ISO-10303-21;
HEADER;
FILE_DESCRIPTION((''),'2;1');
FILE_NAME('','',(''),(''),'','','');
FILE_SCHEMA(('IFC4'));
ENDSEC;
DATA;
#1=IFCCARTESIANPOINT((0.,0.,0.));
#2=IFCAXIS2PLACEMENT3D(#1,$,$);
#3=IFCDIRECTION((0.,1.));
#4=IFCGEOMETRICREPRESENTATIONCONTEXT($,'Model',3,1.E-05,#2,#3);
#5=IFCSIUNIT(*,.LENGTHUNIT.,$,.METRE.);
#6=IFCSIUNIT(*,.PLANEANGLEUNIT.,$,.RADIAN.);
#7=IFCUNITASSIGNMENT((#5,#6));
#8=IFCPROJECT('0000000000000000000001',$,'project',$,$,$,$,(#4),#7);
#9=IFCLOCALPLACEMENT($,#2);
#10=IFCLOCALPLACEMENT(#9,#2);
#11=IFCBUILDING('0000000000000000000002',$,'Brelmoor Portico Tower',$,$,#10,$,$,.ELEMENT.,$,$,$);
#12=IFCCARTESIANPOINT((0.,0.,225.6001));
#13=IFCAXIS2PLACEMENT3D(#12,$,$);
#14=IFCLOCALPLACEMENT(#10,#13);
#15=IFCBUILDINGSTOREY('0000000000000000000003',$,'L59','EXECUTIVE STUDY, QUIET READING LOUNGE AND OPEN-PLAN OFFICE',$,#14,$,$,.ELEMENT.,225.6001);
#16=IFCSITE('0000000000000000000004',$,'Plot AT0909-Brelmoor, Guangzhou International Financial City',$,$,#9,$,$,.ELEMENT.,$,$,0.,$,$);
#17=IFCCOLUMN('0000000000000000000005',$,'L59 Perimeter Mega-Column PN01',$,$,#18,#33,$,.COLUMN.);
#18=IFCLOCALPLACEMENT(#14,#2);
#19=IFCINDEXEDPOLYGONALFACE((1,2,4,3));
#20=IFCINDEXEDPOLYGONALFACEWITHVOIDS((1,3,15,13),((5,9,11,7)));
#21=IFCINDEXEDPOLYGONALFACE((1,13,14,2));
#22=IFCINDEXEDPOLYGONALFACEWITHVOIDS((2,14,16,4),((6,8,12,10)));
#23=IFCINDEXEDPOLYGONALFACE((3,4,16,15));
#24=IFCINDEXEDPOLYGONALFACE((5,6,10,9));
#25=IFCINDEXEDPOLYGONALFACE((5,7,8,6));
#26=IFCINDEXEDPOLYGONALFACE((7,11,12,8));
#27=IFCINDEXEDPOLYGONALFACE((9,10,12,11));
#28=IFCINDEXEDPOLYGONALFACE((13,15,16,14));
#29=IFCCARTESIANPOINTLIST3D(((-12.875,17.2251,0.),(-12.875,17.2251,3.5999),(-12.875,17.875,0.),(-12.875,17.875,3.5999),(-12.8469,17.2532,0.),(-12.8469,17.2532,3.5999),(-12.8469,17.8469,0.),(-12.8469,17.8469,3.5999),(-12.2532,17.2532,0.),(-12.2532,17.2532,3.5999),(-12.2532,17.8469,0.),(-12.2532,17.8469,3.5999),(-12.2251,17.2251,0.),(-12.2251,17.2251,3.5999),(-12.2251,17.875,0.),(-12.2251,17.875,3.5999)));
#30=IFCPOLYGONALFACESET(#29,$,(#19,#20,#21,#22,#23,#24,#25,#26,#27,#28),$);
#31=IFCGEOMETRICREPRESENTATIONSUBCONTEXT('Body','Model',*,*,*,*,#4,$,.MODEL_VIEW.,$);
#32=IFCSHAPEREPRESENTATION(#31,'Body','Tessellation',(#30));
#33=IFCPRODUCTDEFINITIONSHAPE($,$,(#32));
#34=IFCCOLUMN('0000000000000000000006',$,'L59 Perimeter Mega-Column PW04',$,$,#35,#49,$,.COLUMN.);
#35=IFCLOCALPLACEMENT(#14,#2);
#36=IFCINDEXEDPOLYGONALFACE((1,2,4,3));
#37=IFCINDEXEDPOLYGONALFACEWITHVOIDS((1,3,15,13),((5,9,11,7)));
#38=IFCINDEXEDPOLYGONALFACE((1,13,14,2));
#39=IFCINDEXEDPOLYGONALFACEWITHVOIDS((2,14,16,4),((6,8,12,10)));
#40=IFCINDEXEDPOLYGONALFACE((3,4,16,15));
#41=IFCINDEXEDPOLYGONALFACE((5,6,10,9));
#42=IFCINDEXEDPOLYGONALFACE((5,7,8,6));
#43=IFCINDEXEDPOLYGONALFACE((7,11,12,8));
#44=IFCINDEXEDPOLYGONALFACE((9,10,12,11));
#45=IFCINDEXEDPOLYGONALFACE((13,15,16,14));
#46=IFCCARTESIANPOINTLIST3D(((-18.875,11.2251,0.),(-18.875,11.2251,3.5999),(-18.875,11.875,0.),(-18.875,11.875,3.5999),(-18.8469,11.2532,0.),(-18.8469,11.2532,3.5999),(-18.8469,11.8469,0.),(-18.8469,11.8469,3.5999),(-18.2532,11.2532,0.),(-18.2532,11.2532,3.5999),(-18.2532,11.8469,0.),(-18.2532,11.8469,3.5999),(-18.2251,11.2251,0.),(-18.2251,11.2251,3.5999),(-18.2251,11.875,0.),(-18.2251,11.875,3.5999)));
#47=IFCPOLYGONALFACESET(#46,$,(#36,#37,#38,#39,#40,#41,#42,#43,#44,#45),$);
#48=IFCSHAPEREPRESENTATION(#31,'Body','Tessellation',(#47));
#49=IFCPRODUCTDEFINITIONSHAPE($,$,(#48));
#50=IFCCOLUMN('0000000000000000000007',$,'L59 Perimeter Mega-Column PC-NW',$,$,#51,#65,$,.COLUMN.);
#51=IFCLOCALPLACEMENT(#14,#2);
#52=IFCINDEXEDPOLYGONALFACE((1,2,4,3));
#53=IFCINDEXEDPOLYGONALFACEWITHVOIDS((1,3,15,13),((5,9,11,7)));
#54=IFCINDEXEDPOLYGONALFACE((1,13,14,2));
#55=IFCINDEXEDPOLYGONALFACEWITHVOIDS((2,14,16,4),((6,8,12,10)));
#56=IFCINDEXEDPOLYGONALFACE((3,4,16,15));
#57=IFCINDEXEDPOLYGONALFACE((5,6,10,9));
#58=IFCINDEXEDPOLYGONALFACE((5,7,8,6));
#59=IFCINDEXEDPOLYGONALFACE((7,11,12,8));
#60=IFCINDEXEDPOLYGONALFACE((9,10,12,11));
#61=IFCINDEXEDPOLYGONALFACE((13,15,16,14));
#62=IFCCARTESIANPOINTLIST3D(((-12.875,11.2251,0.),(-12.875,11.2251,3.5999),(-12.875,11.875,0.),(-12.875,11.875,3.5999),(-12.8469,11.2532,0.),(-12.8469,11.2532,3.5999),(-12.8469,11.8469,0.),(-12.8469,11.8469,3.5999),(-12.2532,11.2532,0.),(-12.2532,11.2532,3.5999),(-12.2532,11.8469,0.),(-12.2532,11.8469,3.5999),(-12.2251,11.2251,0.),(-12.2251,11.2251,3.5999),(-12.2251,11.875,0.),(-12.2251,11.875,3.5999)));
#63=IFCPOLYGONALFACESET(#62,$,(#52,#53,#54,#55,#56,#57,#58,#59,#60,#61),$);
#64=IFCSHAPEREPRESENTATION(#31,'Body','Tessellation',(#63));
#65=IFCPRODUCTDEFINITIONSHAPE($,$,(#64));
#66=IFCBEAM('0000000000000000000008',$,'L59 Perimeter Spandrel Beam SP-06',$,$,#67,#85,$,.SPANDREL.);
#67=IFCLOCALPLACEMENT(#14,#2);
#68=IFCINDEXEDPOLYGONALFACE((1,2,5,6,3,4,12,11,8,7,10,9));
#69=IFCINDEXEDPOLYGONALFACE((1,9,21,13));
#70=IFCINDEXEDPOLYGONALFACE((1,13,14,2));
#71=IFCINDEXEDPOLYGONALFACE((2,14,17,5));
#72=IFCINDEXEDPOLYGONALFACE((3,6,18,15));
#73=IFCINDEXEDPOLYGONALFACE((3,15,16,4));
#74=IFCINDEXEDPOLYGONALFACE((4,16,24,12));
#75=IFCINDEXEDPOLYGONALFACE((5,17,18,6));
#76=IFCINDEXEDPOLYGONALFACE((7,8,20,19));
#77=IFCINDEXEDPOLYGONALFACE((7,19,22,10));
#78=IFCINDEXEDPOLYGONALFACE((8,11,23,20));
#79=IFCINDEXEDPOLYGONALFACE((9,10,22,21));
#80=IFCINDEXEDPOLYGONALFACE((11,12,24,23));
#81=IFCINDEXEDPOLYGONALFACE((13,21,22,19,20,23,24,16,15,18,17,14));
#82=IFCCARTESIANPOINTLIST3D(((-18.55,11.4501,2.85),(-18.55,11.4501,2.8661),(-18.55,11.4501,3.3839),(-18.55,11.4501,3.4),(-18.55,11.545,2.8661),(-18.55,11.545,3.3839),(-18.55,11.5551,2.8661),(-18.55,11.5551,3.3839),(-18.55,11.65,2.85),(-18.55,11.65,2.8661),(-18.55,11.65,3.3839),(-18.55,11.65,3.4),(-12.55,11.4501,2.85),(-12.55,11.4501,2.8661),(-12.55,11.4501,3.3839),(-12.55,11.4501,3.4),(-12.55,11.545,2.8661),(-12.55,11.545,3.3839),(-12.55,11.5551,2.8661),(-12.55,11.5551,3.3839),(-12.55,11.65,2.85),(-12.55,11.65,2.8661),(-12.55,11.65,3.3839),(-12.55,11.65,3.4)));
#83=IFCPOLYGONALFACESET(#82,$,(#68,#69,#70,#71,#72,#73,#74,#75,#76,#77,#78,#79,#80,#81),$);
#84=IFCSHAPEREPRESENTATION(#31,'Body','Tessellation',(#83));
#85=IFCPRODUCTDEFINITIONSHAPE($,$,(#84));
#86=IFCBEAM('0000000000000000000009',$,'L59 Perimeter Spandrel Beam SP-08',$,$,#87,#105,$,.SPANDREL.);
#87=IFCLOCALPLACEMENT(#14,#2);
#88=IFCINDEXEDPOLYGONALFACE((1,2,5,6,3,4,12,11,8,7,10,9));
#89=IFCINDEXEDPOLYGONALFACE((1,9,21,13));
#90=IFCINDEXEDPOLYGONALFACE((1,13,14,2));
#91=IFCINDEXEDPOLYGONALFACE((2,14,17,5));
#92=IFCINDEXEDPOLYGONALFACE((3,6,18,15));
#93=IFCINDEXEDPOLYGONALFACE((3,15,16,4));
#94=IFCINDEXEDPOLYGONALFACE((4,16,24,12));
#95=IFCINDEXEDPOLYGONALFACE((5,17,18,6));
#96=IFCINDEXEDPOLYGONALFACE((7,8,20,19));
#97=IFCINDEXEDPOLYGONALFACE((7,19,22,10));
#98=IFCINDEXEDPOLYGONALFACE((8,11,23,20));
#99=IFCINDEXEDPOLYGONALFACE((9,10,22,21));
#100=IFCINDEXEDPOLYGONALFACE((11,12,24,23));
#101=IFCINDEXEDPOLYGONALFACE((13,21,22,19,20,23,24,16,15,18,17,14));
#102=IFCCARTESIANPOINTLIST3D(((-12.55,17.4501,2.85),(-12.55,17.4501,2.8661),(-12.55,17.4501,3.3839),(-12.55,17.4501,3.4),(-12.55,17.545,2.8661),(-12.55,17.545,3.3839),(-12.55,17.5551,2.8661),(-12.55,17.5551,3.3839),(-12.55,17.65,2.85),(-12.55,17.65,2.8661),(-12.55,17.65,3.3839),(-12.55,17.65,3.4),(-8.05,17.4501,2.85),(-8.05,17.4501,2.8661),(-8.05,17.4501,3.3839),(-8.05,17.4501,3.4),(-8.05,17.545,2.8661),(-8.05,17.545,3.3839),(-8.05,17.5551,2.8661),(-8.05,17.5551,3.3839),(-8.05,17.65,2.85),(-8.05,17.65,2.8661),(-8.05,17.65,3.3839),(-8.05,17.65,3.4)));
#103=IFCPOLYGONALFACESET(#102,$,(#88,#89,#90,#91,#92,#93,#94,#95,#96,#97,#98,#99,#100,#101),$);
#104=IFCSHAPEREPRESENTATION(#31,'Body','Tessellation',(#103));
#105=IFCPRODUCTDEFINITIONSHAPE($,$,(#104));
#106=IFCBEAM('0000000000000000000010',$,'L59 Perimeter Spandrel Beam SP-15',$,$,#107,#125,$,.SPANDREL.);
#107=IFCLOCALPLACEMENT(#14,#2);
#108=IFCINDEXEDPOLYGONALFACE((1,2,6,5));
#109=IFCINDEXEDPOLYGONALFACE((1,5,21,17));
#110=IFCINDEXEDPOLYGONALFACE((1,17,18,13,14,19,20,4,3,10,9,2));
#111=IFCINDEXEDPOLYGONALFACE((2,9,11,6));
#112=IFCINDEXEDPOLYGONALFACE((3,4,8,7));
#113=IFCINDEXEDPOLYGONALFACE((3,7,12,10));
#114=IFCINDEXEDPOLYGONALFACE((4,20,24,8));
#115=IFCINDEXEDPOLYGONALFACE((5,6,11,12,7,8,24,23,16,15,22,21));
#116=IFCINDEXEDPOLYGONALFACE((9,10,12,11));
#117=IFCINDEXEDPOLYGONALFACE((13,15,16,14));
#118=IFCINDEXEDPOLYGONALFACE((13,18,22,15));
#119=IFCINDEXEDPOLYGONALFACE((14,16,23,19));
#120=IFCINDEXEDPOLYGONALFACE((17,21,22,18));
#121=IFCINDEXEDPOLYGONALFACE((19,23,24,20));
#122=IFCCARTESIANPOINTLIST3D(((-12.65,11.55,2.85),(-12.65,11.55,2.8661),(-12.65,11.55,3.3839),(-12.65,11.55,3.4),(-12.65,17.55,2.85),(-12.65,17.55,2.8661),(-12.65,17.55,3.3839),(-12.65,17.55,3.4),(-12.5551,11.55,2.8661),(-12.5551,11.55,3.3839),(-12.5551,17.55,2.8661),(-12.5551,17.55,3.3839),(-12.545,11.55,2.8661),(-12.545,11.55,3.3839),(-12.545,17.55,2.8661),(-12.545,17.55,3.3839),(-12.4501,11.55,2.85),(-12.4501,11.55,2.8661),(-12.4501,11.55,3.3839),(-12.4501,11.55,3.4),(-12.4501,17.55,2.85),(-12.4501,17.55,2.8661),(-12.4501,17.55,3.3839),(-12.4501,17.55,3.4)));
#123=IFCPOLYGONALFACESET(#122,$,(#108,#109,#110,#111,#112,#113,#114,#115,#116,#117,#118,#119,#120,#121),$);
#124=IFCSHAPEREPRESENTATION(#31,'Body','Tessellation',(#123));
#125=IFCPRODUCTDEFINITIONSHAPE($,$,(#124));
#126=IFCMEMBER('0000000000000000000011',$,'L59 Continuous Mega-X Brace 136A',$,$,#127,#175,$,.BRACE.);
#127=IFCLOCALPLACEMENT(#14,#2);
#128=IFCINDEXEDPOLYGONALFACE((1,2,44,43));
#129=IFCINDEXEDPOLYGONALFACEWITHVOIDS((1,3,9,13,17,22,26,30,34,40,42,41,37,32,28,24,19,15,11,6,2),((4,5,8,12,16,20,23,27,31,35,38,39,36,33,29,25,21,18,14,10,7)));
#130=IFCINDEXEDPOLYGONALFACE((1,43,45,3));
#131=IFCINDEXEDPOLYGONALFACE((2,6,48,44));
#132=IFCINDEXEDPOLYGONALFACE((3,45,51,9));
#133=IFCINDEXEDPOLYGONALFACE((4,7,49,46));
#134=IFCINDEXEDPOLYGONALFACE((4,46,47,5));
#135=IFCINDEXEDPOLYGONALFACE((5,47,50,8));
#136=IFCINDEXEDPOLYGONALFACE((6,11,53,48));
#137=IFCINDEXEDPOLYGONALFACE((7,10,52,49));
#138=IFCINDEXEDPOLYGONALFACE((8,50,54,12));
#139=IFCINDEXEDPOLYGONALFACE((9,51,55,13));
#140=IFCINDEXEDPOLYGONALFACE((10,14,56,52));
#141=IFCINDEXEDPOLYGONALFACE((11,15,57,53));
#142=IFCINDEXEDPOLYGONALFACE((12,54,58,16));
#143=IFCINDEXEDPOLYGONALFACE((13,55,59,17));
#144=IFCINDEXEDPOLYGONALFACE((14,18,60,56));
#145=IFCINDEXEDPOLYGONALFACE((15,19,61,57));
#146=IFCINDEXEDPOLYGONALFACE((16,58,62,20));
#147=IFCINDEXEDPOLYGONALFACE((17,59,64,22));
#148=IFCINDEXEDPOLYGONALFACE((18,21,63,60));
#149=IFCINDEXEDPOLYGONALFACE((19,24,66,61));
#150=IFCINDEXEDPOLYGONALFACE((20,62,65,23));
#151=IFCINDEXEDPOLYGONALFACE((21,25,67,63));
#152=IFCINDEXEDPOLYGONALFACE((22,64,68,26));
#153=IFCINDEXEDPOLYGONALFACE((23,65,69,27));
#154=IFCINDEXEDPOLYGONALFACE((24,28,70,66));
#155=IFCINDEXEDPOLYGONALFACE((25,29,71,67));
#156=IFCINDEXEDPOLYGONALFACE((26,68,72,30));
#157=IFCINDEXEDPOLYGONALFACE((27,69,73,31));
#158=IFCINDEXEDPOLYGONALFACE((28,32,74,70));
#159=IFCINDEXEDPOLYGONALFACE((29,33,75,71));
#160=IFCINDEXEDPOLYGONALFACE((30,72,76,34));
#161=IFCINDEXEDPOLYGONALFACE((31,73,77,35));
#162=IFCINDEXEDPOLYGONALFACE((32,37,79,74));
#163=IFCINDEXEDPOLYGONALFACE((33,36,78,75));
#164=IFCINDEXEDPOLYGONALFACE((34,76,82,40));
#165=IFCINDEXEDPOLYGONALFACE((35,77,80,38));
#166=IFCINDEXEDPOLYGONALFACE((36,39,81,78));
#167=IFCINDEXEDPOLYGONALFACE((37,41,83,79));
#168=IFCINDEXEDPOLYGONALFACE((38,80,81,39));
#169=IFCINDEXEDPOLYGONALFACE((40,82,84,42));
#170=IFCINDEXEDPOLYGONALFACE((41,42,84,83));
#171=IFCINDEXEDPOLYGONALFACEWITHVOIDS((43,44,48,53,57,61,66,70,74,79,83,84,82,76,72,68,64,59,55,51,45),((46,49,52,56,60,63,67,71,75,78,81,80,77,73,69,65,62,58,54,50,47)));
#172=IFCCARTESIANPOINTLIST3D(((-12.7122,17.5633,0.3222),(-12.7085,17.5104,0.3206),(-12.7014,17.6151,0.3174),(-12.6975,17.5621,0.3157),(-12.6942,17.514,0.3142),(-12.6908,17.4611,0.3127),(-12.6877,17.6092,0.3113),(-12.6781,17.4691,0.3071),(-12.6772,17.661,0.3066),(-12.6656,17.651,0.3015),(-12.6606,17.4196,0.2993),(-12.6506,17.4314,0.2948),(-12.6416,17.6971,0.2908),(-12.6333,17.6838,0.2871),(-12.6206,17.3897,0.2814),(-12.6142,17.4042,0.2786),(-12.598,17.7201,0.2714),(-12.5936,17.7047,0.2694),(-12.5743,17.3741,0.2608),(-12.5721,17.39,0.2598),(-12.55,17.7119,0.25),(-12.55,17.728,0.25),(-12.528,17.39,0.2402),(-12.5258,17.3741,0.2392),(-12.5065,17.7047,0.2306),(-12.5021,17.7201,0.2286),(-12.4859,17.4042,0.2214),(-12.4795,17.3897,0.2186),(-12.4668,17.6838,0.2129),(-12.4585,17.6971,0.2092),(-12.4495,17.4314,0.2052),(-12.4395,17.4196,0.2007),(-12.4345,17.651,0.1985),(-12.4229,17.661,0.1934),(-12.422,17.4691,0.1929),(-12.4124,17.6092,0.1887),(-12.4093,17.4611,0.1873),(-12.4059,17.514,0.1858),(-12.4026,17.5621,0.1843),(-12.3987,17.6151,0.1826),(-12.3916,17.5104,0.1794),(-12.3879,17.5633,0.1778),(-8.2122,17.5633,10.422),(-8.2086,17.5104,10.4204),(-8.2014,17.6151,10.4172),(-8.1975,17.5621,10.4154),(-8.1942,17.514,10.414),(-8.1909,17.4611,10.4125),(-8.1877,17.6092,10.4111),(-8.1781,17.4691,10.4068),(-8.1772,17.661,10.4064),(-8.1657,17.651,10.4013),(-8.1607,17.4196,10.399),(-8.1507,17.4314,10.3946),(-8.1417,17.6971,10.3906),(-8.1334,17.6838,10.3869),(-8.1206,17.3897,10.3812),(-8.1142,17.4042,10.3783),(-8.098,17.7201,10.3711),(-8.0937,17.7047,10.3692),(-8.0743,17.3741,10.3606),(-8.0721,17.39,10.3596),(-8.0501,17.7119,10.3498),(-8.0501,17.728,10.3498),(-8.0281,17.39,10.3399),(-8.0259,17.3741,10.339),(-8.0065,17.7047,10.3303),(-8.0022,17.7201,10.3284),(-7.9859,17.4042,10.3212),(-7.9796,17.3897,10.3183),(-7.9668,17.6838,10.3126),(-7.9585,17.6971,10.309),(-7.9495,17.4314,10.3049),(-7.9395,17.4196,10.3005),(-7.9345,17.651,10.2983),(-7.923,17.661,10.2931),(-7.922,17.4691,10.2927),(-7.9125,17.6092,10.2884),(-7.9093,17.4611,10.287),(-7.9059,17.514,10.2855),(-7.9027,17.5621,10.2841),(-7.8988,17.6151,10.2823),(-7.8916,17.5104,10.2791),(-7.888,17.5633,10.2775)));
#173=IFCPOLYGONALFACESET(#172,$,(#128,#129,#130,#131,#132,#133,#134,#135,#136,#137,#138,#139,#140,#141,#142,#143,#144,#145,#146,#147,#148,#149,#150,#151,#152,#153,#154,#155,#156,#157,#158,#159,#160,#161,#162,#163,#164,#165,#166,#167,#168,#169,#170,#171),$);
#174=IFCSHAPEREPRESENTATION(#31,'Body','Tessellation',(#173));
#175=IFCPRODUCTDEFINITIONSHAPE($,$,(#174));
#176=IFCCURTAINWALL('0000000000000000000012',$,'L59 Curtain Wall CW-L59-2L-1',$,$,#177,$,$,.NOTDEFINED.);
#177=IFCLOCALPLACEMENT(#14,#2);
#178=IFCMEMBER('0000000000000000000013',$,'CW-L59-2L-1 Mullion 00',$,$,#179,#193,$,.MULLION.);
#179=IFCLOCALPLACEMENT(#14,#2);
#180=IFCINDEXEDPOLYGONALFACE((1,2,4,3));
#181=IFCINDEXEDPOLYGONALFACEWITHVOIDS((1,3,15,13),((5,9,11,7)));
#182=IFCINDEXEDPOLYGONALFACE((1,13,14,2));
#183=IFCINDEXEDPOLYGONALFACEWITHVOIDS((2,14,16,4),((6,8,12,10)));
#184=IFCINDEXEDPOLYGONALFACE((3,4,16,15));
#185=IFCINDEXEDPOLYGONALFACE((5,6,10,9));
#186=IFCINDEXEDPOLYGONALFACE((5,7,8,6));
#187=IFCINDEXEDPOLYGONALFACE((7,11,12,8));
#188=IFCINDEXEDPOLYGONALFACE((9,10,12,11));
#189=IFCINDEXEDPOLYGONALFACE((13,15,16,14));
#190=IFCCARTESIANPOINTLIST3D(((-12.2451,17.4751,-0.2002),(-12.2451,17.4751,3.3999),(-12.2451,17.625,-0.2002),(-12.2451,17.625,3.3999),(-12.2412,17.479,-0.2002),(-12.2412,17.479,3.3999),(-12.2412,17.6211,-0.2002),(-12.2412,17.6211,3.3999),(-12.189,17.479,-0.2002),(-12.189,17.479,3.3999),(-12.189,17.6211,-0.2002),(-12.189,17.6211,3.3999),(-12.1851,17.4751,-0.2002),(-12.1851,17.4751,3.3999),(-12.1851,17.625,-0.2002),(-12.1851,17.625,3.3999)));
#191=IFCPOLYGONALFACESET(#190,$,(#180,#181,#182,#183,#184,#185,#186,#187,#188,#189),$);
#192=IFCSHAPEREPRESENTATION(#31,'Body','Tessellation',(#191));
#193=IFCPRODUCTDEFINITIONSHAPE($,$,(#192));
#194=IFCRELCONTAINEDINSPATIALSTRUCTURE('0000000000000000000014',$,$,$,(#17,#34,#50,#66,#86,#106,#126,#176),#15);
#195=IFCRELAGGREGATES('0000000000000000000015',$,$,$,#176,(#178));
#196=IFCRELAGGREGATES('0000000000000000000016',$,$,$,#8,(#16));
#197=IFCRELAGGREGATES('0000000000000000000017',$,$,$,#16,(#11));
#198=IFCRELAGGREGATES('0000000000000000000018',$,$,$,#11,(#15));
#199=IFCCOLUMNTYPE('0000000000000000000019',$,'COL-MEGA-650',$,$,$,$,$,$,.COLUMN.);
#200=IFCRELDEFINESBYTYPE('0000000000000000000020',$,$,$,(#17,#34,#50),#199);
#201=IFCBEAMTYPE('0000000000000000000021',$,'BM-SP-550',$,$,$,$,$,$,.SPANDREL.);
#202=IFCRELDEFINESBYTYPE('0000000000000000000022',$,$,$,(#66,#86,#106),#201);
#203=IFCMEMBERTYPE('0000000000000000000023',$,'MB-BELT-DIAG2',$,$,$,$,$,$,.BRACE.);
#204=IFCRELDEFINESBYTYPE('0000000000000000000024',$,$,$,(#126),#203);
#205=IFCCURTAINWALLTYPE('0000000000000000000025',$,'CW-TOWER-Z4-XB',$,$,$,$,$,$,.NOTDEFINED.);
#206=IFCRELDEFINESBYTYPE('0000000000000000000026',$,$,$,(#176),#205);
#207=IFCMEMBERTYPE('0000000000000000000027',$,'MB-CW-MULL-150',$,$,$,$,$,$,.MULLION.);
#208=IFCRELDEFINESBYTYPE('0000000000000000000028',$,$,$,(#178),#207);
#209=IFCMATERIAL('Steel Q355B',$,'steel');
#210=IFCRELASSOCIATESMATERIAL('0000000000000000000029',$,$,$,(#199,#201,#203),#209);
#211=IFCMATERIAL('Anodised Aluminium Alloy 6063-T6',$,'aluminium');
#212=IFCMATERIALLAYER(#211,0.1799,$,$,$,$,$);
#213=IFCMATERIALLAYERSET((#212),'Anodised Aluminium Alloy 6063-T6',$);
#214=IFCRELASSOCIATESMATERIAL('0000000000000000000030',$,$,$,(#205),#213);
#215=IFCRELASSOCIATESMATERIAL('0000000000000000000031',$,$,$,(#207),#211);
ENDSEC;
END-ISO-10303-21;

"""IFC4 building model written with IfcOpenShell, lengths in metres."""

from ifc_helpers import new_model, si_unit, direction, frame, origin, origin_2d, place, context, subcontext, project, spatial, hollow_rectangle, hollow_circle, i_section, extrude, material, layer, layer_set, material_profile, profile_set, type_object, element, aggregate, save


model = new_model("IFC4")

# Units and contexts
model_context = context("Model", 3, precision=1e-05, world=origin(), true_north=direction((0.0, 1.0)))
body_context = subcontext(model_context, "Body", "Model", "MODEL_VIEW")
ifc_project = project(units=[si_unit("LENGTHUNIT", "METRE"), si_unit("PLANEANGLEUNIT", "RADIAN")], contexts=[model_context])

# Site, building, storey
site_placement = place(None, origin())
site = spatial("IfcSite", under=ifc_project, at=site_placement, Name="Plot AT0909-Brelmoor, Guangzhou International Financial City", CompositionType="ELEMENT", RefElevation=0.0)
building_placement = place(site_placement, origin())
building = spatial("IfcBuilding", under=site, at=building_placement, Name="Brelmoor Portico Tower", CompositionType="ELEMENT")
storey_placement = place(building_placement, frame((0.0, 0.0, 225.6001)))
storey = spatial("IfcBuildingStorey", under=building, at=storey_placement, Name="L59", Description="EXECUTIVE STUDY, QUIET READING LOUNGE AND OPEN-PLAN OFFICE", CompositionType="ELEMENT", Elevation=225.6001)

# Columns
ifc_material_1 = material(Name="Steel Q355B", Category="steel")
ifc_material_profile_1 = material_profile(ifc_material_1, hollow_rectangle(XDim=0.6499, YDim=0.6499, WallThickness=0.0281, at=origin_2d()), Name="BOX 650x650x28")
ifc_profile_set_1 = profile_set([ifc_material_profile_1], Name="Steel Q355B")
column_type = type_object("IfcColumnType", Name="COL-MEGA-650", PredefinedType="COLUMN", material=ifc_profile_set_1)
for number, where, z_axis, x_axis, name in (
    (1, (-12.55, 17.55, 0.0), (0.0, 0.0, 1.0), (1.0, 0.0, 0.0), "L59 Perimeter Mega-Column PN01"),
    (2, (-18.55, 11.55, 0.0), (0.0, 0.0, 1.0), (0.0, 1.0, 0.0), "L59 Perimeter Mega-Column PW04"),
    (3, (-12.55, 11.55, 0.0), (0.0, 0.0, 1.0), (1.0, 0.0, 0.0), "L59 Perimeter Mega-Column PC-NW"),
):
    element("IfcColumn", number, at=place(storey_placement, frame(where, z_axis=z_axis, x_axis=x_axis)), inside=storey, type_object=column_type, Name=name, PredefinedType="COLUMN", context=body_context, shape_type="SweptSolid", body=[
        extrude(hollow_rectangle(XDim=0.6499, YDim=0.6499, WallThickness=0.0281, at=origin_2d()), origin(), (0.0, 0.0, 1.0), 3.5999),
    ])

# Beams
ifc_material_profile_2 = material_profile(ifc_material_1, i_section(OverallWidth=0.2, OverallDepth=0.55, WebThickness=0.01, FlangeThickness=0.0161, at=origin_2d()), Name="HN 550x200x10x16")
ifc_profile_set_2 = profile_set([ifc_material_profile_2], Name="Steel Q355B")
beam_type = type_object("IfcBeamType", Name="BM-SP-550", PredefinedType="SPANDREL", material=ifc_profile_set_2)
beam_1_placement = place(storey_placement, frame((-18.55, 11.55, 3.125), z_axis=(1.0, 0.0, 0.0), x_axis=(0.0, 1.0, 0.0)))
element("IfcBeam", 4, at=beam_1_placement, inside=storey, type_object=beam_type, Name="L59 Perimeter Spandrel Beam SP-06", PredefinedType="SPANDREL", context=body_context, shape_type="SweptSolid", body=[
    extrude(i_section(OverallWidth=0.2, OverallDepth=0.55, WebThickness=0.01, FlangeThickness=0.0161, at=origin_2d()), origin(), (0.0, 0.0, 1.0), 6.0),
])
beam_2_placement = place(storey_placement, frame((-12.55, 17.55, 3.125), z_axis=(1.0, 0.0, 0.0), x_axis=(0.0, 1.0, 0.0)))
element("IfcBeam", 5, at=beam_2_placement, inside=storey, type_object=beam_type, Name="L59 Perimeter Spandrel Beam SP-08", PredefinedType="SPANDREL", context=body_context, shape_type="SweptSolid", body=[
    extrude(i_section(OverallWidth=0.2, OverallDepth=0.55, WebThickness=0.01, FlangeThickness=0.0161, at=origin_2d()), origin(), (0.0, 0.0, 1.0), 4.5),
])
beam_3_placement = place(storey_placement, frame((-12.55, 11.55, 3.125), z_axis=(0.0, 1.0, 0.0), x_axis=(-1.0, 0.0, 0.0)))
element("IfcBeam", 6, at=beam_3_placement, inside=storey, type_object=beam_type, Name="L59 Perimeter Spandrel Beam SP-15", PredefinedType="SPANDREL", context=body_context, shape_type="SweptSolid", body=[
    extrude(i_section(OverallWidth=0.2, OverallDepth=0.55, WebThickness=0.01, FlangeThickness=0.0161, at=origin_2d()), origin(), (0.0, 0.0, 1.0), 6.0),
])

# Member
ifc_material_profile_3 = material_profile(ifc_material_1, hollow_circle(Radius=0.178, WallThickness=0.0161, at=origin_2d()), Name="CHS 356x16")
ifc_profile_set_3 = profile_set([ifc_material_profile_3], Name="Steel Q355B")
member_type_1 = type_object("IfcMemberType", Name="MB-BELT-DIAG2", PredefinedType="BRACE", material=ifc_profile_set_3)
member_1_placement = place(storey_placement, frame((-12.55, 17.55, 0.25), z_axis=(0.406982, 0.0, 0.913436), x_axis=(0.0, 1.0, 0.0)))
element("IfcMember", 7, at=member_1_placement, inside=storey, type_object=member_type_1, Name="L59 Continuous Mega-X Brace 136A", PredefinedType="BRACE", context=body_context, shape_type="SweptSolid", body=[
    extrude(hollow_circle(Radius=0.178, WallThickness=0.0161, at=origin_2d()), origin(), (0.0, 0.0, 1.0), 11.0569),
])

# Curtain wall, member
ifc_material_2 = material(Name="Anodised Aluminium Alloy 6063-T6", Category="aluminium")
ifc_layer_1 = layer(ifc_material_2, 0.1799)
ifc_layer_set_1 = layer_set([ifc_layer_1], Name="Anodised Aluminium Alloy 6063-T6")
curtain_wall_type_1 = type_object("IfcCurtainWallType", Name="CW-TOWER-Z4-XB", PredefinedType="NOTDEFINED", material=ifc_layer_set_1)
curtain_wall_1_placement = place(storey_placement, origin())
curtain_wall_1 = element("IfcCurtainWall", 8, at=curtain_wall_1_placement, inside=storey, type_object=curtain_wall_type_1, Name="L59 Curtain Wall CW-L59-2L-1", PredefinedType="NOTDEFINED")
ifc_material_profile_4 = material_profile(ifc_material_2, hollow_rectangle(XDim=0.0601, YDim=0.1499, WallThickness=0.0039, at=origin_2d()), Name="ALU MULLION 60x150")
ifc_profile_set_4 = profile_set([ifc_material_profile_4], Name="Anodised Aluminium Alloy 6063-T6")
member_type_2 = type_object("IfcMemberType", Name="MB-CW-MULL-150", PredefinedType="MULLION", material=ifc_profile_set_4)
member_2_placement = place(storey_placement, frame((-12.2151, 17.55, -0.2002), z_axis=(0.0, 0.0, 1.0), x_axis=(1.0, 0.0, 0.0)))
member_2 = element("IfcMember", 9, at=member_2_placement, type_object=member_type_2, Name="CW-L59-2L-1 Mullion 00", PredefinedType="MULLION", context=body_context, shape_type="SweptSolid", body=[
    extrude(hollow_rectangle(XDim=0.0601, YDim=0.1499, WallThickness=0.0039, at=origin_2d()), origin(), (0.0, 0.0, 1.0), 3.6001),
])

aggregate(curtain_wall_1, [member_2])

save(model, "model.ifc")
